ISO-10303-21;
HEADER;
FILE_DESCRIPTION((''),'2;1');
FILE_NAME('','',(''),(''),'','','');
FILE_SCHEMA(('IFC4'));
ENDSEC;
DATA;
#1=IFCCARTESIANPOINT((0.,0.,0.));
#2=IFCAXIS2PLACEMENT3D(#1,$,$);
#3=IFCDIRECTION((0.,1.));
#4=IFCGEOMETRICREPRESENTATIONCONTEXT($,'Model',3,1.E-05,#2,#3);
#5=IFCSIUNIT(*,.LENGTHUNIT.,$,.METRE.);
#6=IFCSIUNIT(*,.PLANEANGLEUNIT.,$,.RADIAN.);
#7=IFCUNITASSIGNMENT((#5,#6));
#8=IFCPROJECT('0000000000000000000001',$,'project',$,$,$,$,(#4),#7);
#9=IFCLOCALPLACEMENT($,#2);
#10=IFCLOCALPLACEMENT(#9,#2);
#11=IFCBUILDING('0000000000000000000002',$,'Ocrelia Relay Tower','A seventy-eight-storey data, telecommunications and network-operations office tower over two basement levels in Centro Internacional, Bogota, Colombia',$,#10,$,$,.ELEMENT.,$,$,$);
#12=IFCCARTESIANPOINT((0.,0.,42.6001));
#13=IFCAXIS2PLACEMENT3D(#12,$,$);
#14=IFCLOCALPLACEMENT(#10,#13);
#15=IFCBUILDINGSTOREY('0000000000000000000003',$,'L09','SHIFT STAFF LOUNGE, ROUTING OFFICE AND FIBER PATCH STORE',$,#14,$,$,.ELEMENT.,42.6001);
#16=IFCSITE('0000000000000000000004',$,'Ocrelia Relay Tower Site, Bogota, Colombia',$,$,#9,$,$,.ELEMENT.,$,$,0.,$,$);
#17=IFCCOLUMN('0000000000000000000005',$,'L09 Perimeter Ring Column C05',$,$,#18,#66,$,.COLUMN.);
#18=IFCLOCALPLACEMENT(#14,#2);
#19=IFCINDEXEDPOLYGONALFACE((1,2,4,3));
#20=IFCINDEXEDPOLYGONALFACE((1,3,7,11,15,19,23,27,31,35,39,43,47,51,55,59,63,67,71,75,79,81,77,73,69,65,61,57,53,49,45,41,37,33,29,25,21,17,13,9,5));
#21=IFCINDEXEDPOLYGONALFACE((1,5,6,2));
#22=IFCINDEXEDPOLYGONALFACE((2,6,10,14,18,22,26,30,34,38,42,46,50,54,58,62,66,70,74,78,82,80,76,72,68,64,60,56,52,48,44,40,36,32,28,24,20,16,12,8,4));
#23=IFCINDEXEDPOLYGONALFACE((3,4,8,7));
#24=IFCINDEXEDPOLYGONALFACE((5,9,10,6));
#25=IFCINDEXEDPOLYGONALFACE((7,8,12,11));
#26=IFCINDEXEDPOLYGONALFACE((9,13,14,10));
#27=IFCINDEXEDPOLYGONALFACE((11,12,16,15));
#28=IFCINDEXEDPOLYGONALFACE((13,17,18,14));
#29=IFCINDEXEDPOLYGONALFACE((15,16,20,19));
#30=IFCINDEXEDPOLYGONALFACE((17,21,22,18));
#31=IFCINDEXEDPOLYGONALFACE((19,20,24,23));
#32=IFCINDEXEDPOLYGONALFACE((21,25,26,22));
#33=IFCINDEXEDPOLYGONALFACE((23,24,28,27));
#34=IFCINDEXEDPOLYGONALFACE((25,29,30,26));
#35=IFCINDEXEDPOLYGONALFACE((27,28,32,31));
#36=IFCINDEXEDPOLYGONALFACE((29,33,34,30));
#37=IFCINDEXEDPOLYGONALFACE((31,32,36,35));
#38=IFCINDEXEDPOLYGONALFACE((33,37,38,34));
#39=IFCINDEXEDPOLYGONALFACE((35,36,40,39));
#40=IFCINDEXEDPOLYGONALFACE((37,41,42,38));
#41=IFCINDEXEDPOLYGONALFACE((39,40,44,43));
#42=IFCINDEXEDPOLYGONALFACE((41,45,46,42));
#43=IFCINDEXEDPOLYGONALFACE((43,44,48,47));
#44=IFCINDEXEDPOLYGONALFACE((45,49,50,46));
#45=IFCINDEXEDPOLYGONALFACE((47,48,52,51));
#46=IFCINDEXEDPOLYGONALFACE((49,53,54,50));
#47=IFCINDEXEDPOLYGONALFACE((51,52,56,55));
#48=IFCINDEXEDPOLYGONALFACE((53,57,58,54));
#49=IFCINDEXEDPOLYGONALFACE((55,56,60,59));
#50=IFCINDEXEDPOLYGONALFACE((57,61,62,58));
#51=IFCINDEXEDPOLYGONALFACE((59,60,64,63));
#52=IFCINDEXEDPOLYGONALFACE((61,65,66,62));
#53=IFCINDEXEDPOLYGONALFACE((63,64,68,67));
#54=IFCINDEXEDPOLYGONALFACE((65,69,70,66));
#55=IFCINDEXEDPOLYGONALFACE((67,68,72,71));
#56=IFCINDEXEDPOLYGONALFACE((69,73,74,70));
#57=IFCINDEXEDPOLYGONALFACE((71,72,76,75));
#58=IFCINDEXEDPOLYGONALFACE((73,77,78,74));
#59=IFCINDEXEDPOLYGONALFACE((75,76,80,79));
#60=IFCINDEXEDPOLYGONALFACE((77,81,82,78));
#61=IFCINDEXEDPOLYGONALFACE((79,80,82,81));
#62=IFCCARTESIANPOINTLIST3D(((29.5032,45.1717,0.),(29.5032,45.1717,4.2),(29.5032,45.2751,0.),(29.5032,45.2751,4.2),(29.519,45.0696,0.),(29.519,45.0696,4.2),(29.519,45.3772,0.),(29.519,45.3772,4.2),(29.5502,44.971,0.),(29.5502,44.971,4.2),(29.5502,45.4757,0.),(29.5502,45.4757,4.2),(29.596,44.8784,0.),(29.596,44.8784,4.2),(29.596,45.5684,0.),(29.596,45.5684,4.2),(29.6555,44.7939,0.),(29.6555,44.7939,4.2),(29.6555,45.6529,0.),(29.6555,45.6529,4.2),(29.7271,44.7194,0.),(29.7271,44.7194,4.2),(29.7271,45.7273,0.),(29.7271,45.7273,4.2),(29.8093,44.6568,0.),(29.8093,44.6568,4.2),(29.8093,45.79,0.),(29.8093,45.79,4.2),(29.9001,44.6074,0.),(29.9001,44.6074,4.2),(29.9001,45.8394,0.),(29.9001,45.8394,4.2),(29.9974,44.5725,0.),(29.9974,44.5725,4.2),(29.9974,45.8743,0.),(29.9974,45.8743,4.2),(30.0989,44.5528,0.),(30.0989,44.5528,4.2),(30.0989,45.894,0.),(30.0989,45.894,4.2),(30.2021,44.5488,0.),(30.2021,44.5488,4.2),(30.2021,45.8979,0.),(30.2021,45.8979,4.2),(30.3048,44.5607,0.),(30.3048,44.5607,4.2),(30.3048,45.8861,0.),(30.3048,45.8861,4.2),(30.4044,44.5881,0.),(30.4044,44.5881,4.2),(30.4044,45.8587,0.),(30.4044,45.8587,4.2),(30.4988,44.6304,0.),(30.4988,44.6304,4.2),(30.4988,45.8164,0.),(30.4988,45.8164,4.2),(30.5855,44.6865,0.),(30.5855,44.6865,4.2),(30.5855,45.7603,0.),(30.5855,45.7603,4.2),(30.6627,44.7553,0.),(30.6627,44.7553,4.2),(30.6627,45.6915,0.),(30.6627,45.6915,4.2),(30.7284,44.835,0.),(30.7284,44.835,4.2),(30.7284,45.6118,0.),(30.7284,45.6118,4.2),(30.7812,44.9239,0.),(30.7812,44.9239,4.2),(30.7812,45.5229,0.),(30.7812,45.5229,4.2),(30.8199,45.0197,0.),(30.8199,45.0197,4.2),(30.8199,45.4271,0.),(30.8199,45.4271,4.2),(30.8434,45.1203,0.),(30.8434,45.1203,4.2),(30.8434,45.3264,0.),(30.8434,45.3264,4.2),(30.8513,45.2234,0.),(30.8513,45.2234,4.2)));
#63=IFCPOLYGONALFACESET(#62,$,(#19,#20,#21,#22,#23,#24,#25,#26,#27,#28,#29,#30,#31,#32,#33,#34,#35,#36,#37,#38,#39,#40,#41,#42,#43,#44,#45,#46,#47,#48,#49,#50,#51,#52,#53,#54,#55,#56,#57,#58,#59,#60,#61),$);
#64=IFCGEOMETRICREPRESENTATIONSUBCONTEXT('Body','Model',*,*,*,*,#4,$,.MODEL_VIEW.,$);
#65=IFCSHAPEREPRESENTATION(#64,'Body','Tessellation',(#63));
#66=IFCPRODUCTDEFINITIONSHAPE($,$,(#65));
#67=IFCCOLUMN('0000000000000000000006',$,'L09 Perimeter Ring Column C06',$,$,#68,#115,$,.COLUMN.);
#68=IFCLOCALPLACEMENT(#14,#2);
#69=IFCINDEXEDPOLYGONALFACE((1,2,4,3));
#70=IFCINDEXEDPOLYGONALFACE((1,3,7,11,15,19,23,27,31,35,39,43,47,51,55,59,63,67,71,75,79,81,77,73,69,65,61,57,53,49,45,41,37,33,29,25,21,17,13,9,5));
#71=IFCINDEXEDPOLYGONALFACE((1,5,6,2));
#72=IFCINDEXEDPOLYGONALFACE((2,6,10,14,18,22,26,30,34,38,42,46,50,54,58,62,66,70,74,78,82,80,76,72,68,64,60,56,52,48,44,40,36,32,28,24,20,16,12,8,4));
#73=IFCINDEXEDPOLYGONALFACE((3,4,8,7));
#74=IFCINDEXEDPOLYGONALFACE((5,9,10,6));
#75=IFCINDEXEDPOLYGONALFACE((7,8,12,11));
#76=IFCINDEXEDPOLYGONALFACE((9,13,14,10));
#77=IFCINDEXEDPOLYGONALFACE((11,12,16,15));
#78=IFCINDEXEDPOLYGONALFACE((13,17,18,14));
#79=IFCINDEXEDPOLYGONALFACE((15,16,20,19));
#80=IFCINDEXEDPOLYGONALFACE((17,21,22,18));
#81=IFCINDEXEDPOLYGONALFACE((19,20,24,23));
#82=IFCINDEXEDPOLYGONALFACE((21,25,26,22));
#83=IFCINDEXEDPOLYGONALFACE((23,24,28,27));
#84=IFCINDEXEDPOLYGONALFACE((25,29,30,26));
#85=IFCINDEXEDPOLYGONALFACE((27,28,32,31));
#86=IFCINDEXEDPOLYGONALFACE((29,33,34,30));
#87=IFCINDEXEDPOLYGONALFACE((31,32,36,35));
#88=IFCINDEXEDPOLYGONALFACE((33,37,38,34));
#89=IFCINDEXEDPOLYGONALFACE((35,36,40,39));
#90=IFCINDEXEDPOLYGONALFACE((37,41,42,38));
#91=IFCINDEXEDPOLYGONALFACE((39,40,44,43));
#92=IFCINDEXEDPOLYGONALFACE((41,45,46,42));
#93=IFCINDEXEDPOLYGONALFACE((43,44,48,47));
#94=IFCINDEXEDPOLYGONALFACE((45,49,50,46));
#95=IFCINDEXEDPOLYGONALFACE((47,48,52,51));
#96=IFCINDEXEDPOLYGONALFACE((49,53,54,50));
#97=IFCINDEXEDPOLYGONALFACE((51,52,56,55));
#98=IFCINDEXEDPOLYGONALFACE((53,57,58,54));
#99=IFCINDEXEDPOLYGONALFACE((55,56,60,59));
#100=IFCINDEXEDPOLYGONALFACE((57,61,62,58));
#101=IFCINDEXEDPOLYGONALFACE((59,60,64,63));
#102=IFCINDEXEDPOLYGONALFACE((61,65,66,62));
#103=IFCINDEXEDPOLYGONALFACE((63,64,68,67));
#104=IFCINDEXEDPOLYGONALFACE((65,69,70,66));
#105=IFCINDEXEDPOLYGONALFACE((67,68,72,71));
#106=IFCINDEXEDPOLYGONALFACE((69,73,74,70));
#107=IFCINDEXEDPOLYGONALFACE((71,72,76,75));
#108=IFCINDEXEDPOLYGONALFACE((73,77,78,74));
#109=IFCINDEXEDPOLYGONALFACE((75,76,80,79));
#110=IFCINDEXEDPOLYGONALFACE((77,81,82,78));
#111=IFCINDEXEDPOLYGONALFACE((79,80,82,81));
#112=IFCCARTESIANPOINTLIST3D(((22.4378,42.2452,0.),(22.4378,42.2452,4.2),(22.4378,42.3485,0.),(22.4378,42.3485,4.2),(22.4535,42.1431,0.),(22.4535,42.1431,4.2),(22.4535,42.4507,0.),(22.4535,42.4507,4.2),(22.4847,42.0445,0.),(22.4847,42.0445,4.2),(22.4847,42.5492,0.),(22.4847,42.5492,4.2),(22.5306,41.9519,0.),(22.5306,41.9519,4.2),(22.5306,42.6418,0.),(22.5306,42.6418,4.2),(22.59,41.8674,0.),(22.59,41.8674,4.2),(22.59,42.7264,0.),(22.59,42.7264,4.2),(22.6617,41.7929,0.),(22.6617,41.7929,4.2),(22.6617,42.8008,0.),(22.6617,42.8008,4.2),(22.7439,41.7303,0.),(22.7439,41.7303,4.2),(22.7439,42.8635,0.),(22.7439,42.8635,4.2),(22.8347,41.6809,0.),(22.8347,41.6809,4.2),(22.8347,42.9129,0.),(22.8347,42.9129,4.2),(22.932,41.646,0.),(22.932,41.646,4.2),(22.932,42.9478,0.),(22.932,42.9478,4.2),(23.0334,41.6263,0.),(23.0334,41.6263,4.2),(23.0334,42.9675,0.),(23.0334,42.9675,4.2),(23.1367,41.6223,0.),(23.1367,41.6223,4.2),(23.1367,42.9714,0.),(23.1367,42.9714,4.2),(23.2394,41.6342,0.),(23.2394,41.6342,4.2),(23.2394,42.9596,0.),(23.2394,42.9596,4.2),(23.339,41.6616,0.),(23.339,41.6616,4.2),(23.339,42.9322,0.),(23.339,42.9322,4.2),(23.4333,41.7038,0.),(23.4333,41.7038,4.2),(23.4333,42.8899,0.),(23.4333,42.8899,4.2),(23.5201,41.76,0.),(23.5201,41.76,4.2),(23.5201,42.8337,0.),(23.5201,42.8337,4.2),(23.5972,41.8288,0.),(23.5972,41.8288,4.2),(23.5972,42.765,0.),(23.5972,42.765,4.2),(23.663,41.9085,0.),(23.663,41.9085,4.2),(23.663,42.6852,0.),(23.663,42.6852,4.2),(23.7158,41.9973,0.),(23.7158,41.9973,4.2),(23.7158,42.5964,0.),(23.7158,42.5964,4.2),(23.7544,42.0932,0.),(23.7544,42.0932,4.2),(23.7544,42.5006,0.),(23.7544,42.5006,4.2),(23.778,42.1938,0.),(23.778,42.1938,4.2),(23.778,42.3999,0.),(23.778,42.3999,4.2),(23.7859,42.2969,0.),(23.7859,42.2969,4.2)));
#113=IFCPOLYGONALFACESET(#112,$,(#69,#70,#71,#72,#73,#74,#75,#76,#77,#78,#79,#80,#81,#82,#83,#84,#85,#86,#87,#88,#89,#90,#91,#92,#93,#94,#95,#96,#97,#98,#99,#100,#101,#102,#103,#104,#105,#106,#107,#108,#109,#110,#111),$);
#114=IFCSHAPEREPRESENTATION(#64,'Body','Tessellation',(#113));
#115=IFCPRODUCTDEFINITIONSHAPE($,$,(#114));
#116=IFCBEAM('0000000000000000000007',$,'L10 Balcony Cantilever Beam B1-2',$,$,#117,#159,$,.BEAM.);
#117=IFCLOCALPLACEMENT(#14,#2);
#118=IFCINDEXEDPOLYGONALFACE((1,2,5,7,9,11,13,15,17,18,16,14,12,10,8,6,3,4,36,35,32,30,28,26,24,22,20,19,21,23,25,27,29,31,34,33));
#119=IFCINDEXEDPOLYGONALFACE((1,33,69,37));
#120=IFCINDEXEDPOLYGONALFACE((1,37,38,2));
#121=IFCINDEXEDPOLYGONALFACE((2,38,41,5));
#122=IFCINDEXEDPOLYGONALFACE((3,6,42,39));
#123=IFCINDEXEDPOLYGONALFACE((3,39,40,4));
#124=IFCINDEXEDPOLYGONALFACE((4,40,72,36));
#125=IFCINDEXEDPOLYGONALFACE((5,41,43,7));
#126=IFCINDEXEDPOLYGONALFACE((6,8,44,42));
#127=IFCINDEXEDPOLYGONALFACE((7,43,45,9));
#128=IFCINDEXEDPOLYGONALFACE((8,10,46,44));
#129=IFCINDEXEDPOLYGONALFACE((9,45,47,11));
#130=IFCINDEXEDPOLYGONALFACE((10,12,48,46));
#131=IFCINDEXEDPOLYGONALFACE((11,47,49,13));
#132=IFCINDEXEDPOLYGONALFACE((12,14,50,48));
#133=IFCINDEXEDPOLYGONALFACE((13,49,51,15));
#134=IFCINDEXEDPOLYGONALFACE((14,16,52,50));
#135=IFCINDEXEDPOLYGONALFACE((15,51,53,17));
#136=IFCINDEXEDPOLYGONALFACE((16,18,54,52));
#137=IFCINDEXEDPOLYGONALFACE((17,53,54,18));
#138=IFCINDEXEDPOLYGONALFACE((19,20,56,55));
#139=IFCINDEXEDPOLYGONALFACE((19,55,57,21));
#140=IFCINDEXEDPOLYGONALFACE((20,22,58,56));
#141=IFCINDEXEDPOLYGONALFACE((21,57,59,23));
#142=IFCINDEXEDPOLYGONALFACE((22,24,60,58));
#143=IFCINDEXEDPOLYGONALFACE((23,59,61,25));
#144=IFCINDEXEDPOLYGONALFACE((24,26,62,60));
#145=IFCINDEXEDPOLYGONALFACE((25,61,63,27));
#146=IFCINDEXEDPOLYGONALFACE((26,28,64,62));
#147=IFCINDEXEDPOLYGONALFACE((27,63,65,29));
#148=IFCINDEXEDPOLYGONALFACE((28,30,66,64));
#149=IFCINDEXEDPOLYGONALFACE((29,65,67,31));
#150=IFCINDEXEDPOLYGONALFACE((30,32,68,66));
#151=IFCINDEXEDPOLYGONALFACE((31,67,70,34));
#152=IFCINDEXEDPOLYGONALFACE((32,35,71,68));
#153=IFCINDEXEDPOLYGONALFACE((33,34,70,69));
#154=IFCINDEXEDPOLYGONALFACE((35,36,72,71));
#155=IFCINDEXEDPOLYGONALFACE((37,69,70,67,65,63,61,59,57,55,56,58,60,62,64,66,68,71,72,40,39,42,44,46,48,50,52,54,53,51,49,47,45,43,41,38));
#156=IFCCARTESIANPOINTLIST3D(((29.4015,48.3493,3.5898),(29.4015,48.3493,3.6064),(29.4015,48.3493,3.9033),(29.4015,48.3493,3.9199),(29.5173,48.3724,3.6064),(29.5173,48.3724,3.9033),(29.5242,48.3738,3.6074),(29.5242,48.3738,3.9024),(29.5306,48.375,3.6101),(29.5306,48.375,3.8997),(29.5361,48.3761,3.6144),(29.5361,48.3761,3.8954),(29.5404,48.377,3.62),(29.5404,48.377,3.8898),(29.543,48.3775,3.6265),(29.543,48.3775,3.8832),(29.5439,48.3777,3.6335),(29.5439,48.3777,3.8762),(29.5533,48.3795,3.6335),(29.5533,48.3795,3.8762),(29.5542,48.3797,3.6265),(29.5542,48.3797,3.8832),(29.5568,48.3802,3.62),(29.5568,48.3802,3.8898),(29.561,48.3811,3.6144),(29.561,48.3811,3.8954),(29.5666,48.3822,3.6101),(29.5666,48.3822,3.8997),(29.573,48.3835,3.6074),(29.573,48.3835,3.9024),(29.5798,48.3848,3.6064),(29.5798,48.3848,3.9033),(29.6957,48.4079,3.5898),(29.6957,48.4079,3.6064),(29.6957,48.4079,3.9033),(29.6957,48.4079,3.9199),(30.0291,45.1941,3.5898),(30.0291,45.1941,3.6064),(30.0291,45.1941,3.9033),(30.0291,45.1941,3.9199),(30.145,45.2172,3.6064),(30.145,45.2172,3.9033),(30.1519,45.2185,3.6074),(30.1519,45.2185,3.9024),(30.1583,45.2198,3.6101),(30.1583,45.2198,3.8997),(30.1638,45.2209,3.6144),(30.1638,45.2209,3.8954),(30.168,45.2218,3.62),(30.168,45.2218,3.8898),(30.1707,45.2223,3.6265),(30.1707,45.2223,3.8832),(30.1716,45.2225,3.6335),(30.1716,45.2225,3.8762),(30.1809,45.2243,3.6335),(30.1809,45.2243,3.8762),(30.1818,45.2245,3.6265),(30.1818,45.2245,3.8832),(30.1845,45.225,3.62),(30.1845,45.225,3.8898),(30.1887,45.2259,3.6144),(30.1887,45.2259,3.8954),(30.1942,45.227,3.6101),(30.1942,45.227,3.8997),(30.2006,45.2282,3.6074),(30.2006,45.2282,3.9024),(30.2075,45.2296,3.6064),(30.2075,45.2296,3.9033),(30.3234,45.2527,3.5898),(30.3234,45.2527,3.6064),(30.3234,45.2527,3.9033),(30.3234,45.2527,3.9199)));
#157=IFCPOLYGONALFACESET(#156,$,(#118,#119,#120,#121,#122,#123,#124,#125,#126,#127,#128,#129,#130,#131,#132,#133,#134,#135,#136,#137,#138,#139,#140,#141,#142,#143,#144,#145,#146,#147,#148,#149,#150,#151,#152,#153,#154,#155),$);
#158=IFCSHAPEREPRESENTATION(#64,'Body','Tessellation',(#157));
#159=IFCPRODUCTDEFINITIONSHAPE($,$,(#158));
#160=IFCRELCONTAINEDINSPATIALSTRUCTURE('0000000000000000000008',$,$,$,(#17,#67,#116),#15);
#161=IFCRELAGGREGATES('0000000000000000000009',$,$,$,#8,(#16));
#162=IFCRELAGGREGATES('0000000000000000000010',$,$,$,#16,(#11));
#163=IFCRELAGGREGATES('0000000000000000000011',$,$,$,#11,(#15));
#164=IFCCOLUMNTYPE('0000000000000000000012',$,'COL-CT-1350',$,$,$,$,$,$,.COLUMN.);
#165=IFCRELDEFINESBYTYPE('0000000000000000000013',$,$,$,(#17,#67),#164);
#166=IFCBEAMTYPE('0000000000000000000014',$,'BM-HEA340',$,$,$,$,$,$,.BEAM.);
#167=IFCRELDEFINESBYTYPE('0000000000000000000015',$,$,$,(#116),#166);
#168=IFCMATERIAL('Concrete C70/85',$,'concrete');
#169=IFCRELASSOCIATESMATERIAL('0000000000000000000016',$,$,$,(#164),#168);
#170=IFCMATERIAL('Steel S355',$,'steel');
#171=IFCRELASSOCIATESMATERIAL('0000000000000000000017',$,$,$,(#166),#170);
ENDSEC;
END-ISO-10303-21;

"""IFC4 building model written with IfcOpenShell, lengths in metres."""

from ifc_helpers import new_model, si_unit, direction, frame, origin, origin_2d, place, context, subcontext, project, spatial, circle, i_section, extrude, material, material_profile, profile_set, type_object, element, save


model = new_model("IFC4")

# Units and contexts
model_context = context("Model", 3, precision=1e-05, world=origin(), true_north=direction((0.0, 1.0)))
body_context = subcontext(model_context, "Body", "Model", "MODEL_VIEW")
ifc_project = project(units=[si_unit("LENGTHUNIT", "METRE"), si_unit("PLANEANGLEUNIT", "RADIAN")], contexts=[model_context])

# Site, building, storey
site_placement = place(None, origin())
site = spatial("IfcSite", under=ifc_project, at=site_placement, Name="Ocrelia Relay Tower Site, Bogota, Colombia", CompositionType="ELEMENT", RefElevation=0.0)
building_placement = place(site_placement, origin())
building = spatial("IfcBuilding", under=site, at=building_placement, Name="Ocrelia Relay Tower", Description="A seventy-eight-storey data, telecommunications and network-operations office tower over two basement levels in Centro Internacional, Bogota, Colombia", CompositionType="ELEMENT")
storey_placement = place(building_placement, frame((0.0, 0.0, 42.6001)))
storey = spatial("IfcBuildingStorey", under=building, at=storey_placement, Name="L09", Description="SHIFT STAFF LOUNGE, ROUTING OFFICE AND FIBER PATCH STORE", CompositionType="ELEMENT", Elevation=42.6001)

# Columns
ifc_material_1 = material(Name="Concrete C70/85", Category="concrete")
ifc_material_profile_1 = material_profile(ifc_material_1, circle(Radius=0.675, at=origin_2d()), Name="RC-CIR-1350")
ifc_profile_set_1 = profile_set([ifc_material_profile_1], Name="Concrete C70/85")
column_type = type_object("IfcColumnType", Name="COL-CT-1350", PredefinedType="COLUMN", material=ifc_profile_set_1)
for number, where, z_axis, x_axis, name in (
    (1, (30.1763, 45.2234, 0.0), (0.0, 0.0, 1.0), (1.0, 0.0, 0.0), "L09 Perimeter Ring Column C05"),
    (2, (23.1108, 42.2969, 0.0), (0.0, 0.0, 1.0), (1.0, 0.0, 0.0), "L09 Perimeter Ring Column C06"),
):
    element("IfcColumn", number, at=place(storey_placement, frame(where, z_axis=z_axis, x_axis=x_axis)), inside=storey, type_object=column_type, Name=name, PredefinedType="COLUMN", context=body_context, shape_type="SweptSolid", body=[
        extrude(circle(Radius=0.675, at=origin_2d()), origin(), (0.0, 0.0, 1.0), 4.2),
    ])

# Beam
ifc_material_2 = material(Name="Steel S355", Category="steel")
ifc_material_profile_2 = material_profile(ifc_material_2, i_section(OverallWidth=0.3, OverallDepth=0.3301, WebThickness=0.0095, FlangeThickness=0.0166, FilletRadius=0.0271, at=origin_2d()), Name="HEA 340")
ifc_profile_set_2 = profile_set([ifc_material_profile_2], Name="Steel S355")
beam_type_1 = type_object("IfcBeamType", Name="BM-HEA340", PredefinedType="BEAM", material=ifc_profile_set_2)
beam_1_placement = place(storey_placement, frame((30.1763, 45.2234, 3.7549), z_axis=(-0.195109, 0.980782, 0.0), x_axis=(-0.980782, -0.195109, 0.0)))
element("IfcBeam", 3, at=beam_1_placement, inside=storey, type_object=beam_type_1, Name="L10 Balcony Cantilever Beam B1-2", PredefinedType="BEAM", context=body_context, shape_type="SweptSolid", body=[
    extrude(i_section(OverallWidth=0.3, OverallDepth=0.3301, WebThickness=0.0095, FlangeThickness=0.0166, FilletRadius=0.0271, at=origin_2d()), origin(), (0.0, 0.0, 1.0), 3.217),
])

save(model, "model.ifc")
